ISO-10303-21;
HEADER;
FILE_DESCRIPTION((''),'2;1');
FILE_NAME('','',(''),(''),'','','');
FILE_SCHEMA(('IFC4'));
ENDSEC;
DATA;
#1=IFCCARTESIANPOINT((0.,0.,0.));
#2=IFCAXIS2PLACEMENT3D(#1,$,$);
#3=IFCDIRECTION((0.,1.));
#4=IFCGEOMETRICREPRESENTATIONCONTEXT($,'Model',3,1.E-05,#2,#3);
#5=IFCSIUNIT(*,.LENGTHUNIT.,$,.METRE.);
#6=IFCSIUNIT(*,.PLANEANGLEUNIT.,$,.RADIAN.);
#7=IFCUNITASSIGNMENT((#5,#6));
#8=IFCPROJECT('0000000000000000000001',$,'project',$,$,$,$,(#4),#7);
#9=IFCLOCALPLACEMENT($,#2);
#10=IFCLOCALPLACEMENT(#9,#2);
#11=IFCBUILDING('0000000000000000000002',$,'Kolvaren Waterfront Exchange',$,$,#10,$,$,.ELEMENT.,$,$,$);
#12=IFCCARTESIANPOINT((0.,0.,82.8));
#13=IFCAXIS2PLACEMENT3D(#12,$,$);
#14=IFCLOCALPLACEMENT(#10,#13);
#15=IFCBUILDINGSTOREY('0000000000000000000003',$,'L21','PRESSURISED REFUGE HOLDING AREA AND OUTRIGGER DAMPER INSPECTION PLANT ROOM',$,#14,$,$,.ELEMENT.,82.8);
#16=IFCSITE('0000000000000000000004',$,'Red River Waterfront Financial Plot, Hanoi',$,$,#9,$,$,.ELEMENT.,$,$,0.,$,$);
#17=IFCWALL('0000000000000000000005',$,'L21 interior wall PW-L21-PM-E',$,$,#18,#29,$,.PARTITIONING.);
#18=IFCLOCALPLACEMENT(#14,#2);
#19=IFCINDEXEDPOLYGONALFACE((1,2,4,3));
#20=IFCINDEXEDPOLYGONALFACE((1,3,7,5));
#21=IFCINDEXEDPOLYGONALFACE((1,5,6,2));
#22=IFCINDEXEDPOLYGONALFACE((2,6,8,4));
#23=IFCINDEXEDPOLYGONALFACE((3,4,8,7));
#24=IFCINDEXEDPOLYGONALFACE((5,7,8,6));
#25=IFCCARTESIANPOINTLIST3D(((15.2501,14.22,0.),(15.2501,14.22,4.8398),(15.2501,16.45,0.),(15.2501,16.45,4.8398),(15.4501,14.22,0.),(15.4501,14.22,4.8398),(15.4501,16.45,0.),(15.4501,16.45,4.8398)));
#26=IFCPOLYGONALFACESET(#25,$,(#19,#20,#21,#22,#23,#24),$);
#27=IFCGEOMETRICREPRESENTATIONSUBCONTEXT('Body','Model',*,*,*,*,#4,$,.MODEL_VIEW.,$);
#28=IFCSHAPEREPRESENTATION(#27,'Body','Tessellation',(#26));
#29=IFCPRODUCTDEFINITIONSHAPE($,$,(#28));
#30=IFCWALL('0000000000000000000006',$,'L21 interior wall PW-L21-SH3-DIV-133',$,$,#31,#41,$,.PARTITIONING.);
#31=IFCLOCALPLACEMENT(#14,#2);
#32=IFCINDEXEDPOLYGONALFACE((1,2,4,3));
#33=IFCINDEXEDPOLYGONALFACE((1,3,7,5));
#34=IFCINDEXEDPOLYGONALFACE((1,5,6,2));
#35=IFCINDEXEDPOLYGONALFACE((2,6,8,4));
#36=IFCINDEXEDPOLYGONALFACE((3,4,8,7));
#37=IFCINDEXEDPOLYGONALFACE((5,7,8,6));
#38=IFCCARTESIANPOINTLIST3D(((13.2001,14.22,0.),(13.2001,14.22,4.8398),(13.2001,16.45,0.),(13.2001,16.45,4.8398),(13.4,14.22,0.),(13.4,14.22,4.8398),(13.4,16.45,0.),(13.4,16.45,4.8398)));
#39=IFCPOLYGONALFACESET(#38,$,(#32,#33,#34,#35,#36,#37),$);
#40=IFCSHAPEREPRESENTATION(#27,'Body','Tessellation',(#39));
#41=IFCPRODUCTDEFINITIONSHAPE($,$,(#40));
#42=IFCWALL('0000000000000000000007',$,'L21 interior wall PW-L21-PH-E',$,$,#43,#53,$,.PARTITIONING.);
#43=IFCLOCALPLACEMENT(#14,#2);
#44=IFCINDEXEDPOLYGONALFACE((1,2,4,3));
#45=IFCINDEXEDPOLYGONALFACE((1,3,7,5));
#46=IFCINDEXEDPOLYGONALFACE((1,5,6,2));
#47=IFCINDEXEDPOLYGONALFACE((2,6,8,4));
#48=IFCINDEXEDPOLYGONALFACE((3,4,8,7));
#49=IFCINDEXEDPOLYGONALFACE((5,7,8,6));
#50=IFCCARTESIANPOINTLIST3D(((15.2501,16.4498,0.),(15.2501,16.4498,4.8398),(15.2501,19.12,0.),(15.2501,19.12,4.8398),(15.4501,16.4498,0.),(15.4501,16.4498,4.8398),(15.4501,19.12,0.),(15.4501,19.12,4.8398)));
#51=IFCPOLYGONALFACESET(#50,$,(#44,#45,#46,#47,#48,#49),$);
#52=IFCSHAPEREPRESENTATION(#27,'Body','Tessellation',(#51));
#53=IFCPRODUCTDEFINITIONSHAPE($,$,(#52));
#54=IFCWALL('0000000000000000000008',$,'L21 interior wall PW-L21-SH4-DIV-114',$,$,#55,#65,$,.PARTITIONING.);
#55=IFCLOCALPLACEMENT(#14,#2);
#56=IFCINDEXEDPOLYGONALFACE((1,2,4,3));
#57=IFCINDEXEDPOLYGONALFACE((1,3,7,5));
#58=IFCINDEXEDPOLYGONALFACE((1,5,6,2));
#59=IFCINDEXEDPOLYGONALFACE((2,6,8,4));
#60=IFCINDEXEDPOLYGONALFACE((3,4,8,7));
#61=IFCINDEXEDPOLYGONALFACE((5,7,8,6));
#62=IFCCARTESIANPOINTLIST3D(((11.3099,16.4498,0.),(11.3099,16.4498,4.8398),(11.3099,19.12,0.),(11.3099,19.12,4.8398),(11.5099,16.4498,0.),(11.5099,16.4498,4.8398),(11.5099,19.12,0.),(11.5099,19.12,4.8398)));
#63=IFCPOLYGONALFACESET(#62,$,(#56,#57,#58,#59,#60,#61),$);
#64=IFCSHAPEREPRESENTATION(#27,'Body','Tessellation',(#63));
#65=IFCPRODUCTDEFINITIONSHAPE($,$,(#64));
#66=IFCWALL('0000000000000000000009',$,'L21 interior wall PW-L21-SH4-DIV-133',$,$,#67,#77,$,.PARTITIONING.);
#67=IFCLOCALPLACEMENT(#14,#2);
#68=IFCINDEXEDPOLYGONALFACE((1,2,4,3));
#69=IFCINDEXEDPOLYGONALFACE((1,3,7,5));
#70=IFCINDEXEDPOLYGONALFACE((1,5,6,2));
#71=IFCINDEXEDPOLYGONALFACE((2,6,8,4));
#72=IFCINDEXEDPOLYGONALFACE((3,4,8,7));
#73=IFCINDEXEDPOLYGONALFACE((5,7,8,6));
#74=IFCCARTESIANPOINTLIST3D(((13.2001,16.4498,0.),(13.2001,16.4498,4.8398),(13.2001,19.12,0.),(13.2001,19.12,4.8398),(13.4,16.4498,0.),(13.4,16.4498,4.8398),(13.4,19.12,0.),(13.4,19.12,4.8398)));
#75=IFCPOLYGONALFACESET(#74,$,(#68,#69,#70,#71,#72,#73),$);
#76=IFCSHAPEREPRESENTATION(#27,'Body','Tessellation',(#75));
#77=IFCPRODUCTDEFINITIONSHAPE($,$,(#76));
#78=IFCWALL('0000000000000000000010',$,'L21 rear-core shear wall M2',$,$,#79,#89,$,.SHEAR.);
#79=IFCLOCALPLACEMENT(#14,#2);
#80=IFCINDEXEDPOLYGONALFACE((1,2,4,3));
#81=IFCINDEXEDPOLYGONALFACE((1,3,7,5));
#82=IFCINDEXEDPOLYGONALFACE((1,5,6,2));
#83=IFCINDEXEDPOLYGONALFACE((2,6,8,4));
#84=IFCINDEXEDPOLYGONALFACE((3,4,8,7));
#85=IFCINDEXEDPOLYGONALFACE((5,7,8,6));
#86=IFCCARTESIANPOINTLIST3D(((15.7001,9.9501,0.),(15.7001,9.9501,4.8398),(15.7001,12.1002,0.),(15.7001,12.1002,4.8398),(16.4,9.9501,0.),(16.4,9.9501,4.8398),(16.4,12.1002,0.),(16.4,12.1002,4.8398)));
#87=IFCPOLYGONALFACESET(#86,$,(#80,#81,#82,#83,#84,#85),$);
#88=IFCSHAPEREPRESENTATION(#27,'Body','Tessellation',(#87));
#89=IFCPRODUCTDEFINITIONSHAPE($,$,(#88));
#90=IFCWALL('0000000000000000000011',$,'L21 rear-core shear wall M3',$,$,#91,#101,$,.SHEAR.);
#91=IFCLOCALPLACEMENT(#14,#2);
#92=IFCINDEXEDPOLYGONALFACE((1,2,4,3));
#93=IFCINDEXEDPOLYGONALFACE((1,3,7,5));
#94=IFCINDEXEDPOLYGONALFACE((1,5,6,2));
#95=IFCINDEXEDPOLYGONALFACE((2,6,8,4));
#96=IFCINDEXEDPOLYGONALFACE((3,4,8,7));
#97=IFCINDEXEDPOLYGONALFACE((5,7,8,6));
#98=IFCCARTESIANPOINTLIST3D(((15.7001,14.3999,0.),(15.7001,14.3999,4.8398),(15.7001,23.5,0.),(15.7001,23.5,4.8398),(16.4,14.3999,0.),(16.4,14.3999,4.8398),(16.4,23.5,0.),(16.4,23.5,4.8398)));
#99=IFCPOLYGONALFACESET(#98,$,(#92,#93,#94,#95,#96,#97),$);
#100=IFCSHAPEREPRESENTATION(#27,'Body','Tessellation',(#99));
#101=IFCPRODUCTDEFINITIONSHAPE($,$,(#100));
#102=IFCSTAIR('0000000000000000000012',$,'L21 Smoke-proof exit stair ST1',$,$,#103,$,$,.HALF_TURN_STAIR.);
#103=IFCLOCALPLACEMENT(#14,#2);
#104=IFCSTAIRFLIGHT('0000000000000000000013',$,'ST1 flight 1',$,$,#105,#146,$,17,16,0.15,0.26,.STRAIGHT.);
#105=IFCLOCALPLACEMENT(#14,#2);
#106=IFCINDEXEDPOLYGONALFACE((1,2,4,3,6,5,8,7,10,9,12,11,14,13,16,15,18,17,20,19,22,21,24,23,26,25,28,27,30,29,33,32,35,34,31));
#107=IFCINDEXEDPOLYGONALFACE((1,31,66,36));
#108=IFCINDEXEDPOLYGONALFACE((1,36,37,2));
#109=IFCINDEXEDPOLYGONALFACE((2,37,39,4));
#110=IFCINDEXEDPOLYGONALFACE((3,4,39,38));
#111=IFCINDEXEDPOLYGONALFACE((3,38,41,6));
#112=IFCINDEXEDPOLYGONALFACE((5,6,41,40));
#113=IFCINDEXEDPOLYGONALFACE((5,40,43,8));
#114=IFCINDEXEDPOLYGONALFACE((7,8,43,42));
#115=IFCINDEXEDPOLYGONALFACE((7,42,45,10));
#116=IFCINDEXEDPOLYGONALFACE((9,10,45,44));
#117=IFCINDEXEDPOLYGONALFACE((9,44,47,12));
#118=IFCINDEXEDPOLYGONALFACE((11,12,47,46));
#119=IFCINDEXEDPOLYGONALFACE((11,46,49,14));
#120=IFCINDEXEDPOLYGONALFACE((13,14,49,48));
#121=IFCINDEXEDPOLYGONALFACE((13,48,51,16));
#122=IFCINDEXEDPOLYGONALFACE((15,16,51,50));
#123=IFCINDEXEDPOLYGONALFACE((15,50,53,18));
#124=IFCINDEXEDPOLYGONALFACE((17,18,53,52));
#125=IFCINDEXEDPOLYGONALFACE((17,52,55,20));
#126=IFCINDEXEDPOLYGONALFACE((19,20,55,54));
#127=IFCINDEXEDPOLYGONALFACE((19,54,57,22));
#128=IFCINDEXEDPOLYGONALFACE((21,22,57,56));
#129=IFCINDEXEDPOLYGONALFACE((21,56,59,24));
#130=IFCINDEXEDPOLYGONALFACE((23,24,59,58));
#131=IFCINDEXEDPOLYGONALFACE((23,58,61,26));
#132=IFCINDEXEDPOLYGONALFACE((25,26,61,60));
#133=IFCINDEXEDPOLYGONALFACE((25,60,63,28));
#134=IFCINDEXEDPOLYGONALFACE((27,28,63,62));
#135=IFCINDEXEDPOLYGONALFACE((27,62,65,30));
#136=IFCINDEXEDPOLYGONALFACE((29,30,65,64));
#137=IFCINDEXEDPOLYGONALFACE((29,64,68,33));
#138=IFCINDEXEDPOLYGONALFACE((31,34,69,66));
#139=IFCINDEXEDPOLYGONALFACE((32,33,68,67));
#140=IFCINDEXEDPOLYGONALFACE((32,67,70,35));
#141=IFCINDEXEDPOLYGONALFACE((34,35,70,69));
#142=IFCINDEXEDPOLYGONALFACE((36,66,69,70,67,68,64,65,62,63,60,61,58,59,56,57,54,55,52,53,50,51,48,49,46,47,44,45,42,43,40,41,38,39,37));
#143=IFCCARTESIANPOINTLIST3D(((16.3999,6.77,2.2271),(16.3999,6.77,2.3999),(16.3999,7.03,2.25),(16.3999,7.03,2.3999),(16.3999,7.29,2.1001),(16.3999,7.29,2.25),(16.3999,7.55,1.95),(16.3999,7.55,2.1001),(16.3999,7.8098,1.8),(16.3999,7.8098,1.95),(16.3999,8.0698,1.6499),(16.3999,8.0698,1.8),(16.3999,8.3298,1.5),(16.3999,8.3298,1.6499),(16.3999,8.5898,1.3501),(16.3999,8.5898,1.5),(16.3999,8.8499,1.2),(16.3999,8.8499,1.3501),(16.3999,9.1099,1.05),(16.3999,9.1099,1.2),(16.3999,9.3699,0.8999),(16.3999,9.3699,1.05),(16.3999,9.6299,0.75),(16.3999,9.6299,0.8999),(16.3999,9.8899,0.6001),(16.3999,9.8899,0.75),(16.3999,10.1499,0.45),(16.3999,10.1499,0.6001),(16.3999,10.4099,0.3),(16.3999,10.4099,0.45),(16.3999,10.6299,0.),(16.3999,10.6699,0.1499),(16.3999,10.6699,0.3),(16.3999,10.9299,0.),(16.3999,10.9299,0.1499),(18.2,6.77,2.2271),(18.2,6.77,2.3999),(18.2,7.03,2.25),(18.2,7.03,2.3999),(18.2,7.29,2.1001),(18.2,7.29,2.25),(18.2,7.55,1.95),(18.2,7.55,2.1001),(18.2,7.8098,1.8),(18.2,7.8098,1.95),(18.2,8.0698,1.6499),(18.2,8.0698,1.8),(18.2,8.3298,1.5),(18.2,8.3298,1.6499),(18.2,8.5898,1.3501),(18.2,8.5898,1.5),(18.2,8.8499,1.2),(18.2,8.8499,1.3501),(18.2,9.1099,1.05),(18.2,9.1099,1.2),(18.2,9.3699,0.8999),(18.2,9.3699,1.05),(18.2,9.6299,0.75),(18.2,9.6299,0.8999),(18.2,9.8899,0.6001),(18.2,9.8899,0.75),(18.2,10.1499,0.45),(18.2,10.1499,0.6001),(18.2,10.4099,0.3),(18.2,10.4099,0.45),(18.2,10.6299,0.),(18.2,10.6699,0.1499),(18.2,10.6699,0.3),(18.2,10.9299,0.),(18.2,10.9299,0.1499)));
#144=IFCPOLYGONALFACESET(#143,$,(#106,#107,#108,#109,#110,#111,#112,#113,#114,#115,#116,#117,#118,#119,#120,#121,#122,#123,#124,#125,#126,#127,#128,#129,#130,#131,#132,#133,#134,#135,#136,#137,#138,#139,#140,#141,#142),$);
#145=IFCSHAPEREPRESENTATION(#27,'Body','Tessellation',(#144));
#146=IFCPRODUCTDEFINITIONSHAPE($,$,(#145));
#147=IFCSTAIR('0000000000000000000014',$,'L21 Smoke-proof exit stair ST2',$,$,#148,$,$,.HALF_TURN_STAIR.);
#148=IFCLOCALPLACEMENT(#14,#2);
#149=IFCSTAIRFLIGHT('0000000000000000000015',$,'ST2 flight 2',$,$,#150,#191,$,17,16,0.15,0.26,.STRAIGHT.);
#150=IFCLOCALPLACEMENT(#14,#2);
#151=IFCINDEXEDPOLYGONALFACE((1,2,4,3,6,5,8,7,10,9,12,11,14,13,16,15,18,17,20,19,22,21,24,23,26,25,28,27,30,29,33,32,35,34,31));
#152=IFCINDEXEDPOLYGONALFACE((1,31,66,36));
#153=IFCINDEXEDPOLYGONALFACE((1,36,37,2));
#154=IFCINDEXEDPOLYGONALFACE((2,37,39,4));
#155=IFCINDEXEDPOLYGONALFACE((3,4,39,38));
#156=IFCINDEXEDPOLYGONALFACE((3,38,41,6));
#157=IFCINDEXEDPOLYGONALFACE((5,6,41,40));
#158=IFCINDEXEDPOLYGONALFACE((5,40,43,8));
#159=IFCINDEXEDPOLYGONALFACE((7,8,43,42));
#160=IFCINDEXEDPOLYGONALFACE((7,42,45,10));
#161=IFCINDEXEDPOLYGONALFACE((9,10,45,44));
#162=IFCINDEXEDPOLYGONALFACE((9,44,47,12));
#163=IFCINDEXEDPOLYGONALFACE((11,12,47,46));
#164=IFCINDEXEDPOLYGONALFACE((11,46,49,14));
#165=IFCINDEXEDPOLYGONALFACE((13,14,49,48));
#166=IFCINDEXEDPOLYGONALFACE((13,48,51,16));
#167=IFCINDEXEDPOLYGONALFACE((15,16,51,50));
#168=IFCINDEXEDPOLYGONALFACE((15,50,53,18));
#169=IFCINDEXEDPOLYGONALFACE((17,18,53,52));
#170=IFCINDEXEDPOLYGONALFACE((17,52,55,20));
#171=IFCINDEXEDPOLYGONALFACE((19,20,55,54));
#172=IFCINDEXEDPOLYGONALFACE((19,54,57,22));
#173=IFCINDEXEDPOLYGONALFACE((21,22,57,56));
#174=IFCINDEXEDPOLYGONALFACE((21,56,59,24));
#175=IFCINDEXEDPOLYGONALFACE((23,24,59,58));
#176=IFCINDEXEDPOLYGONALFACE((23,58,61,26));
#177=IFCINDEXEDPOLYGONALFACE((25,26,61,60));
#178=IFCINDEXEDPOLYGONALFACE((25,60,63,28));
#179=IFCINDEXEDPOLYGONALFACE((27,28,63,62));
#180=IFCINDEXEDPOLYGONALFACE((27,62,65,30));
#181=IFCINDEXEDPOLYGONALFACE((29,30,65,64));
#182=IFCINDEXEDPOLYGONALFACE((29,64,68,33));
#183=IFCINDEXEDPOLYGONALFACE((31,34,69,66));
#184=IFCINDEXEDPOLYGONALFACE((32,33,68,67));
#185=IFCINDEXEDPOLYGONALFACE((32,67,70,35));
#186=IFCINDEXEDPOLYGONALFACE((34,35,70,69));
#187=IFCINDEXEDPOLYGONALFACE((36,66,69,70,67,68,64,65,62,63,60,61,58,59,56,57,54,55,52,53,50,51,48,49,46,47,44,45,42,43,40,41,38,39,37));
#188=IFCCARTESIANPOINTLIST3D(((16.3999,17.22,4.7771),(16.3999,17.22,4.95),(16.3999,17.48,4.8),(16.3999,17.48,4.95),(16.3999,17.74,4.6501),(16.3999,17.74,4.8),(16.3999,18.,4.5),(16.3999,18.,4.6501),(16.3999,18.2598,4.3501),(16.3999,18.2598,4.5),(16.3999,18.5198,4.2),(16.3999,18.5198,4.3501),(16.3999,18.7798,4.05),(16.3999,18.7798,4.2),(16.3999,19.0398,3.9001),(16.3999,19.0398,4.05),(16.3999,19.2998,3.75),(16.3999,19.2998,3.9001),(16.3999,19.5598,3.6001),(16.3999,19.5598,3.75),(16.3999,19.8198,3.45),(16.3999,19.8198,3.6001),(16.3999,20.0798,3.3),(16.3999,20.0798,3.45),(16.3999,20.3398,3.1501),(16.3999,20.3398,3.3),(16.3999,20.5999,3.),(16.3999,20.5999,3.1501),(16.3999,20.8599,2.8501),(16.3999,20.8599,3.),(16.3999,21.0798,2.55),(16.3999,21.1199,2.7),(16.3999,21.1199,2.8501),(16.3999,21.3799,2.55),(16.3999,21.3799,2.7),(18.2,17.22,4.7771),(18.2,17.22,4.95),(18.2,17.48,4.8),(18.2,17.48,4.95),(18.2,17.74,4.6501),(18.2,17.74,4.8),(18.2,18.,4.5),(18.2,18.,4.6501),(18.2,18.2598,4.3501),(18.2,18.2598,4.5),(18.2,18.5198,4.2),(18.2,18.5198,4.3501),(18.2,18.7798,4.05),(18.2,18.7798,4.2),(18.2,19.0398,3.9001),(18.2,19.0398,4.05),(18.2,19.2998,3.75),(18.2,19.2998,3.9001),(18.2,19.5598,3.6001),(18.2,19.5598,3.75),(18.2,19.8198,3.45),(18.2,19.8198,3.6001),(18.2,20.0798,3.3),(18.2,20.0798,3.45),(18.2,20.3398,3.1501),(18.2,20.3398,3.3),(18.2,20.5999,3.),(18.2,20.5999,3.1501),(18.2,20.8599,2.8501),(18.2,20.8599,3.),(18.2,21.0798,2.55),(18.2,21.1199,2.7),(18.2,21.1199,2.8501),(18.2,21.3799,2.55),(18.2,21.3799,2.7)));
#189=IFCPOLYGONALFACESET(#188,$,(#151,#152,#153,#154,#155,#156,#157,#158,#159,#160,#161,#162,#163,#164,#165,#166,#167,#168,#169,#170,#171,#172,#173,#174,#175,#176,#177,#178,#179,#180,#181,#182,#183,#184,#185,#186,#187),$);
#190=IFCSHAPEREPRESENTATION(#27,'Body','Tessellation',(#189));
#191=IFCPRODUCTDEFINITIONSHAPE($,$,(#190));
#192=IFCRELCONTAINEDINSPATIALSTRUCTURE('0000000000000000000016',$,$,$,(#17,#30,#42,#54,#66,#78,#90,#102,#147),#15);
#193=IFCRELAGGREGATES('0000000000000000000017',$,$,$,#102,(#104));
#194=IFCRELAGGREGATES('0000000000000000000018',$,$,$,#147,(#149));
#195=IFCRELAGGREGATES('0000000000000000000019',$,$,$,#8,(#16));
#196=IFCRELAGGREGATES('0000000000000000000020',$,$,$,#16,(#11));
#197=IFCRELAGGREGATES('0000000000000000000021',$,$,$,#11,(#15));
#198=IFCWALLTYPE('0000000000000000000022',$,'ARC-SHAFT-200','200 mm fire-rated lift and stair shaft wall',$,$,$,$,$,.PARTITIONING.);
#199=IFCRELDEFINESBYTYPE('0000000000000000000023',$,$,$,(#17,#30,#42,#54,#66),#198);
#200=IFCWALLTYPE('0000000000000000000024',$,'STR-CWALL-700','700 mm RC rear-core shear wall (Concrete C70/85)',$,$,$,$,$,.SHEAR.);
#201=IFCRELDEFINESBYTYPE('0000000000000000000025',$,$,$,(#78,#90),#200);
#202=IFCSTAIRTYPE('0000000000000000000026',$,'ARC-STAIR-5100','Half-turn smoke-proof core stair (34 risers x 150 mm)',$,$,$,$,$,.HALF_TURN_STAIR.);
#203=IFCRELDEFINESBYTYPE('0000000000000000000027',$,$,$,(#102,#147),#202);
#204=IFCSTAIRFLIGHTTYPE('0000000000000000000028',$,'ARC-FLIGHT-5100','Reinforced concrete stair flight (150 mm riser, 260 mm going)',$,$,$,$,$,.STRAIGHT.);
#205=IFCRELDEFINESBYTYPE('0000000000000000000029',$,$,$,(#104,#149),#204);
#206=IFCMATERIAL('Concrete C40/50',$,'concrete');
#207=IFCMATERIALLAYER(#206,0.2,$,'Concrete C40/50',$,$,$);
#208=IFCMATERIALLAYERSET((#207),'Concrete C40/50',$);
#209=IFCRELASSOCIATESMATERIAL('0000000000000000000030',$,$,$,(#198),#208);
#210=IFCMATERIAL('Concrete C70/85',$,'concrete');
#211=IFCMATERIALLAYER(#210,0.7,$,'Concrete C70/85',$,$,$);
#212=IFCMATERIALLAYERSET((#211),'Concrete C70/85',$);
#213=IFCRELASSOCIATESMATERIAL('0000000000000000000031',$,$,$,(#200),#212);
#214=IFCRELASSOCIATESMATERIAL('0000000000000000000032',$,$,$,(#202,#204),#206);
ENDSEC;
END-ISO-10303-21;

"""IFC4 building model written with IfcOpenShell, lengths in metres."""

from ifc_helpers import new_model, si_unit, direction, frame, frame_2d, origin, place, context, subcontext, project, spatial, polyline, rectangle, outline, extrude, material, layer, layer_set, type_object, element, aggregate, save


model = new_model("IFC4")

# Units and contexts
model_context = context("Model", 3, precision=1e-05, world=origin(), true_north=direction((0.0, 1.0)))
body_context = subcontext(model_context, "Body", "Model", "MODEL_VIEW")
ifc_project = project(units=[si_unit("LENGTHUNIT", "METRE"), si_unit("PLANEANGLEUNIT", "RADIAN")], contexts=[model_context])

# Site, building, storey
site_placement = place(None, origin())
site = spatial("IfcSite", under=ifc_project, at=site_placement, Name="Red River Waterfront Financial Plot, Hanoi", CompositionType="ELEMENT", RefElevation=0.0)
building_placement = place(site_placement, origin())
building = spatial("IfcBuilding", under=site, at=building_placement, Name="Kolvaren Waterfront Exchange", CompositionType="ELEMENT")
storey_placement = place(building_placement, frame((0.0, 0.0, 82.8)))
storey = spatial("IfcBuildingStorey", under=building, at=storey_placement, Name="L21", Description="PRESSURISED REFUGE HOLDING AREA AND OUTRIGGER DAMPER INSPECTION PLANT ROOM", CompositionType="ELEMENT", Elevation=82.8)

# Shared definitions
ifc_material_1 = material(Name="Concrete C70/85", Category="concrete")

# Walls
ifc_material_2 = material(Name="Concrete C40/50", Category="concrete")
ifc_layer_1 = layer(ifc_material_2, 0.2, Name="Concrete C40/50")
ifc_layer_set_1 = layer_set([ifc_layer_1], Name="Concrete C40/50")
wall_type_1 = type_object("IfcWallType", Name="ARC-SHAFT-200", Description="200 mm fire-rated lift and stair shaft wall", PredefinedType="PARTITIONING", material=ifc_layer_set_1)
for number, where, z_axis, x_axis, name in (
    (1, (15.3501, 14.22, 0.0), (0.0, 0.0, 1.0), (0.0, 1.0, 0.0), "L21 interior wall PW-L21-PM-E"),
    (2, (13.3, 14.22, 0.0), (0.0, 0.0, 1.0), (0.0, 1.0, 0.0), "L21 interior wall PW-L21-SH3-DIV-133"),
):
    element("IfcWall", number, at=place(storey_placement, frame(where, z_axis=z_axis, x_axis=x_axis)), inside=storey, type_object=wall_type_1, Name=name, PredefinedType="PARTITIONING", context=body_context, shape_type="SweptSolid", body=[
        extrude(rectangle(XDim=2.23, YDim=0.2, at=frame_2d((1.115, 0.0))), origin(), (0.0, 0.0, 1.0), 4.8398),
    ])
for number, where, z_axis, x_axis, name in (
    (3, (15.3501, 16.45, 0.0), (0.0, 0.0, 1.0), (0.0, 1.0, 0.0), "L21 interior wall PW-L21-PH-E"),
    (4, (11.4099, 16.45, 0.0), (0.0, 0.0, 1.0), (0.0, 1.0, 0.0), "L21 interior wall PW-L21-SH4-DIV-114"),
    (5, (13.3, 16.45, 0.0), (0.0, 0.0, 1.0), (0.0, 1.0, 0.0), "L21 interior wall PW-L21-SH4-DIV-133"),
):
    element("IfcWall", number, at=place(storey_placement, frame(where, z_axis=z_axis, x_axis=x_axis)), inside=storey, type_object=wall_type_1, Name=name, PredefinedType="PARTITIONING", context=body_context, shape_type="SweptSolid", body=[
        extrude(rectangle(XDim=2.6702, YDim=0.2, at=frame_2d((1.335, 0.0))), origin(), (0.0, 0.0, 1.0), 4.8398),
    ])
ifc_layer_2 = layer(ifc_material_1, 0.7, Name="Concrete C70/85")
ifc_layer_set_2 = layer_set([ifc_layer_2], Name="Concrete C70/85")
wall_type_2 = type_object("IfcWallType", Name="STR-CWALL-700", Description="700 mm RC rear-core shear wall (Concrete C70/85)", PredefinedType="SHEAR", material=ifc_layer_set_2)
wall_1_placement = place(storey_placement, frame((16.05, 9.95, 0.0), z_axis=(0.0, 0.0, 1.0), x_axis=(0.0, 1.0, 0.0)))
element("IfcWall", 6, at=wall_1_placement, inside=storey, type_object=wall_type_2, Name="L21 rear-core shear wall M2", PredefinedType="SHEAR", context=body_context, shape_type="SweptSolid", body=[
    extrude(rectangle(XDim=2.1501, YDim=0.7, at=frame_2d((1.0752, 0.0))), origin(), (0.0, 0.0, 1.0), 4.8398),
])
wall_2_placement = place(storey_placement, frame((16.05, 14.3999, 0.0), z_axis=(0.0, 0.0, 1.0), x_axis=(0.0, 1.0, 0.0)))
element("IfcWall", 7, at=wall_2_placement, inside=storey, type_object=wall_type_2, Name="L21 rear-core shear wall M3", PredefinedType="SHEAR", context=body_context, shape_type="SweptSolid", body=[
    extrude(rectangle(XDim=9.1001, YDim=0.7, at=frame_2d((4.55, 0.0))), origin(), (0.0, 0.0, 1.0), 4.8398),
])

# Stairs, stair flights
stair_type = type_object("IfcStairType", Name="ARC-STAIR-5100", Description="Half-turn smoke-proof core stair (34 risers x 150 mm)", PredefinedType="HALF_TURN_STAIR", material=ifc_material_2)
stair_1_placement = place(storey_placement, origin())
stair_1 = element("IfcStair", 8, at=stair_1_placement, inside=storey, type_object=stair_type, Name="L21 Smoke-proof exit stair ST1", PredefinedType="HALF_TURN_STAIR")
stair_flight_type = type_object("IfcStairFlightType", Name="ARC-FLIGHT-5100", Description="Reinforced concrete stair flight (150 mm riser, 260 mm going)", PredefinedType="STRAIGHT", material=ifc_material_2)
stair_flight_1_placement = place(storey_placement, frame((17.3, 10.9299, 0.0), z_axis=(0.0, 0.0, 1.0), x_axis=(0.0, -1.0, 0.0)))
stair_flight_1 = element("IfcStairFlight", 9, at=stair_flight_1_placement, type_object=stair_flight_type, Name="ST1 flight 1", NumberOfRisers=17, NumberOfTreads=16, PredefinedType="STRAIGHT", RiserHeight=0.15, TreadLength=0.26, context=body_context, shape_type="SweptSolid", body=[
    extrude(outline(polyline([(0.0, 0.0), (0.0, 0.1499), (0.26, 0.1499), (0.26, 0.3), (0.52, 0.3), (0.52, 0.45), (0.78, 0.45), (0.78, 0.6001), (1.04, 0.6001), (1.04, 0.75), (1.3, 0.75), (1.3, 0.8999), (1.5601, 0.8999), (1.5601, 1.05), (1.8201, 1.05), (1.8201, 1.2), (2.0801, 1.2), (2.0801, 1.3501), (2.3401, 1.3501), (2.3401, 1.5), (2.6001, 1.5), (2.6001, 1.6499), (2.8601, 1.6499), (2.8601, 1.8), (3.1201, 1.8), (3.1201, 1.95), (3.3799, 1.95), (3.3799, 2.1001), (3.6399, 2.1001), (3.6399, 2.25), (3.8999, 2.25), (3.8999, 2.3999), (4.1599, 2.3999), (4.1599, 2.55), (4.1599, 2.2271), (0.3, 0.0), (0.0, 0.0)])), frame((0.0, 0.8999, 0.0), z_axis=(0.0, -1.0, 0.0), x_axis=(1.0, 0.0, 0.0)), (0.0, 0.0, 1.0), 1.8),
])
aggregate(stair_1, [stair_flight_1])
stair_2_placement = place(storey_placement, origin())
stair_2 = element("IfcStair", 10, at=stair_2_placement, inside=storey, type_object=stair_type, Name="L21 Smoke-proof exit stair ST2", PredefinedType="HALF_TURN_STAIR")
stair_flight_2_placement = place(storey_placement, frame((17.3, 21.3799, 2.55), z_axis=(0.0, 0.0, 1.0), x_axis=(0.0, -1.0, 0.0)))
stair_flight_2 = element("IfcStairFlight", 11, at=stair_flight_2_placement, type_object=stair_flight_type, Name="ST2 flight 2", NumberOfRisers=17, NumberOfTreads=16, PredefinedType="STRAIGHT", RiserHeight=0.15, TreadLength=0.26, context=body_context, shape_type="SweptSolid", body=[
    extrude(outline(polyline([(0.0, 0.0), (0.0, 0.1499), (0.26, 0.1499), (0.26, 0.3), (0.52, 0.3), (0.52, 0.45), (0.78, 0.45), (0.78, 0.6001), (1.04, 0.6001), (1.04, 0.75), (1.3, 0.75), (1.3, 0.8999), (1.5601, 0.8999), (1.5601, 1.05), (1.8201, 1.05), (1.8201, 1.2), (2.0801, 1.2), (2.0801, 1.3501), (2.3401, 1.3501), (2.3401, 1.5), (2.6001, 1.5), (2.6001, 1.6499), (2.8601, 1.6499), (2.8601, 1.8), (3.1201, 1.8), (3.1201, 1.95), (3.3799, 1.95), (3.3799, 2.1001), (3.6399, 2.1001), (3.6399, 2.25), (3.8999, 2.25), (3.8999, 2.3999), (4.1599, 2.3999), (4.1599, 2.55), (4.1599, 2.2271), (0.3, 0.0), (0.0, 0.0)])), frame((0.0, 0.8999, 0.0), z_axis=(0.0, -1.0, 0.0), x_axis=(1.0, 0.0, 0.0)), (0.0, 0.0, 1.0), 1.8),
])
aggregate(stair_2, [stair_flight_2])

save(model, "model.ifc")
